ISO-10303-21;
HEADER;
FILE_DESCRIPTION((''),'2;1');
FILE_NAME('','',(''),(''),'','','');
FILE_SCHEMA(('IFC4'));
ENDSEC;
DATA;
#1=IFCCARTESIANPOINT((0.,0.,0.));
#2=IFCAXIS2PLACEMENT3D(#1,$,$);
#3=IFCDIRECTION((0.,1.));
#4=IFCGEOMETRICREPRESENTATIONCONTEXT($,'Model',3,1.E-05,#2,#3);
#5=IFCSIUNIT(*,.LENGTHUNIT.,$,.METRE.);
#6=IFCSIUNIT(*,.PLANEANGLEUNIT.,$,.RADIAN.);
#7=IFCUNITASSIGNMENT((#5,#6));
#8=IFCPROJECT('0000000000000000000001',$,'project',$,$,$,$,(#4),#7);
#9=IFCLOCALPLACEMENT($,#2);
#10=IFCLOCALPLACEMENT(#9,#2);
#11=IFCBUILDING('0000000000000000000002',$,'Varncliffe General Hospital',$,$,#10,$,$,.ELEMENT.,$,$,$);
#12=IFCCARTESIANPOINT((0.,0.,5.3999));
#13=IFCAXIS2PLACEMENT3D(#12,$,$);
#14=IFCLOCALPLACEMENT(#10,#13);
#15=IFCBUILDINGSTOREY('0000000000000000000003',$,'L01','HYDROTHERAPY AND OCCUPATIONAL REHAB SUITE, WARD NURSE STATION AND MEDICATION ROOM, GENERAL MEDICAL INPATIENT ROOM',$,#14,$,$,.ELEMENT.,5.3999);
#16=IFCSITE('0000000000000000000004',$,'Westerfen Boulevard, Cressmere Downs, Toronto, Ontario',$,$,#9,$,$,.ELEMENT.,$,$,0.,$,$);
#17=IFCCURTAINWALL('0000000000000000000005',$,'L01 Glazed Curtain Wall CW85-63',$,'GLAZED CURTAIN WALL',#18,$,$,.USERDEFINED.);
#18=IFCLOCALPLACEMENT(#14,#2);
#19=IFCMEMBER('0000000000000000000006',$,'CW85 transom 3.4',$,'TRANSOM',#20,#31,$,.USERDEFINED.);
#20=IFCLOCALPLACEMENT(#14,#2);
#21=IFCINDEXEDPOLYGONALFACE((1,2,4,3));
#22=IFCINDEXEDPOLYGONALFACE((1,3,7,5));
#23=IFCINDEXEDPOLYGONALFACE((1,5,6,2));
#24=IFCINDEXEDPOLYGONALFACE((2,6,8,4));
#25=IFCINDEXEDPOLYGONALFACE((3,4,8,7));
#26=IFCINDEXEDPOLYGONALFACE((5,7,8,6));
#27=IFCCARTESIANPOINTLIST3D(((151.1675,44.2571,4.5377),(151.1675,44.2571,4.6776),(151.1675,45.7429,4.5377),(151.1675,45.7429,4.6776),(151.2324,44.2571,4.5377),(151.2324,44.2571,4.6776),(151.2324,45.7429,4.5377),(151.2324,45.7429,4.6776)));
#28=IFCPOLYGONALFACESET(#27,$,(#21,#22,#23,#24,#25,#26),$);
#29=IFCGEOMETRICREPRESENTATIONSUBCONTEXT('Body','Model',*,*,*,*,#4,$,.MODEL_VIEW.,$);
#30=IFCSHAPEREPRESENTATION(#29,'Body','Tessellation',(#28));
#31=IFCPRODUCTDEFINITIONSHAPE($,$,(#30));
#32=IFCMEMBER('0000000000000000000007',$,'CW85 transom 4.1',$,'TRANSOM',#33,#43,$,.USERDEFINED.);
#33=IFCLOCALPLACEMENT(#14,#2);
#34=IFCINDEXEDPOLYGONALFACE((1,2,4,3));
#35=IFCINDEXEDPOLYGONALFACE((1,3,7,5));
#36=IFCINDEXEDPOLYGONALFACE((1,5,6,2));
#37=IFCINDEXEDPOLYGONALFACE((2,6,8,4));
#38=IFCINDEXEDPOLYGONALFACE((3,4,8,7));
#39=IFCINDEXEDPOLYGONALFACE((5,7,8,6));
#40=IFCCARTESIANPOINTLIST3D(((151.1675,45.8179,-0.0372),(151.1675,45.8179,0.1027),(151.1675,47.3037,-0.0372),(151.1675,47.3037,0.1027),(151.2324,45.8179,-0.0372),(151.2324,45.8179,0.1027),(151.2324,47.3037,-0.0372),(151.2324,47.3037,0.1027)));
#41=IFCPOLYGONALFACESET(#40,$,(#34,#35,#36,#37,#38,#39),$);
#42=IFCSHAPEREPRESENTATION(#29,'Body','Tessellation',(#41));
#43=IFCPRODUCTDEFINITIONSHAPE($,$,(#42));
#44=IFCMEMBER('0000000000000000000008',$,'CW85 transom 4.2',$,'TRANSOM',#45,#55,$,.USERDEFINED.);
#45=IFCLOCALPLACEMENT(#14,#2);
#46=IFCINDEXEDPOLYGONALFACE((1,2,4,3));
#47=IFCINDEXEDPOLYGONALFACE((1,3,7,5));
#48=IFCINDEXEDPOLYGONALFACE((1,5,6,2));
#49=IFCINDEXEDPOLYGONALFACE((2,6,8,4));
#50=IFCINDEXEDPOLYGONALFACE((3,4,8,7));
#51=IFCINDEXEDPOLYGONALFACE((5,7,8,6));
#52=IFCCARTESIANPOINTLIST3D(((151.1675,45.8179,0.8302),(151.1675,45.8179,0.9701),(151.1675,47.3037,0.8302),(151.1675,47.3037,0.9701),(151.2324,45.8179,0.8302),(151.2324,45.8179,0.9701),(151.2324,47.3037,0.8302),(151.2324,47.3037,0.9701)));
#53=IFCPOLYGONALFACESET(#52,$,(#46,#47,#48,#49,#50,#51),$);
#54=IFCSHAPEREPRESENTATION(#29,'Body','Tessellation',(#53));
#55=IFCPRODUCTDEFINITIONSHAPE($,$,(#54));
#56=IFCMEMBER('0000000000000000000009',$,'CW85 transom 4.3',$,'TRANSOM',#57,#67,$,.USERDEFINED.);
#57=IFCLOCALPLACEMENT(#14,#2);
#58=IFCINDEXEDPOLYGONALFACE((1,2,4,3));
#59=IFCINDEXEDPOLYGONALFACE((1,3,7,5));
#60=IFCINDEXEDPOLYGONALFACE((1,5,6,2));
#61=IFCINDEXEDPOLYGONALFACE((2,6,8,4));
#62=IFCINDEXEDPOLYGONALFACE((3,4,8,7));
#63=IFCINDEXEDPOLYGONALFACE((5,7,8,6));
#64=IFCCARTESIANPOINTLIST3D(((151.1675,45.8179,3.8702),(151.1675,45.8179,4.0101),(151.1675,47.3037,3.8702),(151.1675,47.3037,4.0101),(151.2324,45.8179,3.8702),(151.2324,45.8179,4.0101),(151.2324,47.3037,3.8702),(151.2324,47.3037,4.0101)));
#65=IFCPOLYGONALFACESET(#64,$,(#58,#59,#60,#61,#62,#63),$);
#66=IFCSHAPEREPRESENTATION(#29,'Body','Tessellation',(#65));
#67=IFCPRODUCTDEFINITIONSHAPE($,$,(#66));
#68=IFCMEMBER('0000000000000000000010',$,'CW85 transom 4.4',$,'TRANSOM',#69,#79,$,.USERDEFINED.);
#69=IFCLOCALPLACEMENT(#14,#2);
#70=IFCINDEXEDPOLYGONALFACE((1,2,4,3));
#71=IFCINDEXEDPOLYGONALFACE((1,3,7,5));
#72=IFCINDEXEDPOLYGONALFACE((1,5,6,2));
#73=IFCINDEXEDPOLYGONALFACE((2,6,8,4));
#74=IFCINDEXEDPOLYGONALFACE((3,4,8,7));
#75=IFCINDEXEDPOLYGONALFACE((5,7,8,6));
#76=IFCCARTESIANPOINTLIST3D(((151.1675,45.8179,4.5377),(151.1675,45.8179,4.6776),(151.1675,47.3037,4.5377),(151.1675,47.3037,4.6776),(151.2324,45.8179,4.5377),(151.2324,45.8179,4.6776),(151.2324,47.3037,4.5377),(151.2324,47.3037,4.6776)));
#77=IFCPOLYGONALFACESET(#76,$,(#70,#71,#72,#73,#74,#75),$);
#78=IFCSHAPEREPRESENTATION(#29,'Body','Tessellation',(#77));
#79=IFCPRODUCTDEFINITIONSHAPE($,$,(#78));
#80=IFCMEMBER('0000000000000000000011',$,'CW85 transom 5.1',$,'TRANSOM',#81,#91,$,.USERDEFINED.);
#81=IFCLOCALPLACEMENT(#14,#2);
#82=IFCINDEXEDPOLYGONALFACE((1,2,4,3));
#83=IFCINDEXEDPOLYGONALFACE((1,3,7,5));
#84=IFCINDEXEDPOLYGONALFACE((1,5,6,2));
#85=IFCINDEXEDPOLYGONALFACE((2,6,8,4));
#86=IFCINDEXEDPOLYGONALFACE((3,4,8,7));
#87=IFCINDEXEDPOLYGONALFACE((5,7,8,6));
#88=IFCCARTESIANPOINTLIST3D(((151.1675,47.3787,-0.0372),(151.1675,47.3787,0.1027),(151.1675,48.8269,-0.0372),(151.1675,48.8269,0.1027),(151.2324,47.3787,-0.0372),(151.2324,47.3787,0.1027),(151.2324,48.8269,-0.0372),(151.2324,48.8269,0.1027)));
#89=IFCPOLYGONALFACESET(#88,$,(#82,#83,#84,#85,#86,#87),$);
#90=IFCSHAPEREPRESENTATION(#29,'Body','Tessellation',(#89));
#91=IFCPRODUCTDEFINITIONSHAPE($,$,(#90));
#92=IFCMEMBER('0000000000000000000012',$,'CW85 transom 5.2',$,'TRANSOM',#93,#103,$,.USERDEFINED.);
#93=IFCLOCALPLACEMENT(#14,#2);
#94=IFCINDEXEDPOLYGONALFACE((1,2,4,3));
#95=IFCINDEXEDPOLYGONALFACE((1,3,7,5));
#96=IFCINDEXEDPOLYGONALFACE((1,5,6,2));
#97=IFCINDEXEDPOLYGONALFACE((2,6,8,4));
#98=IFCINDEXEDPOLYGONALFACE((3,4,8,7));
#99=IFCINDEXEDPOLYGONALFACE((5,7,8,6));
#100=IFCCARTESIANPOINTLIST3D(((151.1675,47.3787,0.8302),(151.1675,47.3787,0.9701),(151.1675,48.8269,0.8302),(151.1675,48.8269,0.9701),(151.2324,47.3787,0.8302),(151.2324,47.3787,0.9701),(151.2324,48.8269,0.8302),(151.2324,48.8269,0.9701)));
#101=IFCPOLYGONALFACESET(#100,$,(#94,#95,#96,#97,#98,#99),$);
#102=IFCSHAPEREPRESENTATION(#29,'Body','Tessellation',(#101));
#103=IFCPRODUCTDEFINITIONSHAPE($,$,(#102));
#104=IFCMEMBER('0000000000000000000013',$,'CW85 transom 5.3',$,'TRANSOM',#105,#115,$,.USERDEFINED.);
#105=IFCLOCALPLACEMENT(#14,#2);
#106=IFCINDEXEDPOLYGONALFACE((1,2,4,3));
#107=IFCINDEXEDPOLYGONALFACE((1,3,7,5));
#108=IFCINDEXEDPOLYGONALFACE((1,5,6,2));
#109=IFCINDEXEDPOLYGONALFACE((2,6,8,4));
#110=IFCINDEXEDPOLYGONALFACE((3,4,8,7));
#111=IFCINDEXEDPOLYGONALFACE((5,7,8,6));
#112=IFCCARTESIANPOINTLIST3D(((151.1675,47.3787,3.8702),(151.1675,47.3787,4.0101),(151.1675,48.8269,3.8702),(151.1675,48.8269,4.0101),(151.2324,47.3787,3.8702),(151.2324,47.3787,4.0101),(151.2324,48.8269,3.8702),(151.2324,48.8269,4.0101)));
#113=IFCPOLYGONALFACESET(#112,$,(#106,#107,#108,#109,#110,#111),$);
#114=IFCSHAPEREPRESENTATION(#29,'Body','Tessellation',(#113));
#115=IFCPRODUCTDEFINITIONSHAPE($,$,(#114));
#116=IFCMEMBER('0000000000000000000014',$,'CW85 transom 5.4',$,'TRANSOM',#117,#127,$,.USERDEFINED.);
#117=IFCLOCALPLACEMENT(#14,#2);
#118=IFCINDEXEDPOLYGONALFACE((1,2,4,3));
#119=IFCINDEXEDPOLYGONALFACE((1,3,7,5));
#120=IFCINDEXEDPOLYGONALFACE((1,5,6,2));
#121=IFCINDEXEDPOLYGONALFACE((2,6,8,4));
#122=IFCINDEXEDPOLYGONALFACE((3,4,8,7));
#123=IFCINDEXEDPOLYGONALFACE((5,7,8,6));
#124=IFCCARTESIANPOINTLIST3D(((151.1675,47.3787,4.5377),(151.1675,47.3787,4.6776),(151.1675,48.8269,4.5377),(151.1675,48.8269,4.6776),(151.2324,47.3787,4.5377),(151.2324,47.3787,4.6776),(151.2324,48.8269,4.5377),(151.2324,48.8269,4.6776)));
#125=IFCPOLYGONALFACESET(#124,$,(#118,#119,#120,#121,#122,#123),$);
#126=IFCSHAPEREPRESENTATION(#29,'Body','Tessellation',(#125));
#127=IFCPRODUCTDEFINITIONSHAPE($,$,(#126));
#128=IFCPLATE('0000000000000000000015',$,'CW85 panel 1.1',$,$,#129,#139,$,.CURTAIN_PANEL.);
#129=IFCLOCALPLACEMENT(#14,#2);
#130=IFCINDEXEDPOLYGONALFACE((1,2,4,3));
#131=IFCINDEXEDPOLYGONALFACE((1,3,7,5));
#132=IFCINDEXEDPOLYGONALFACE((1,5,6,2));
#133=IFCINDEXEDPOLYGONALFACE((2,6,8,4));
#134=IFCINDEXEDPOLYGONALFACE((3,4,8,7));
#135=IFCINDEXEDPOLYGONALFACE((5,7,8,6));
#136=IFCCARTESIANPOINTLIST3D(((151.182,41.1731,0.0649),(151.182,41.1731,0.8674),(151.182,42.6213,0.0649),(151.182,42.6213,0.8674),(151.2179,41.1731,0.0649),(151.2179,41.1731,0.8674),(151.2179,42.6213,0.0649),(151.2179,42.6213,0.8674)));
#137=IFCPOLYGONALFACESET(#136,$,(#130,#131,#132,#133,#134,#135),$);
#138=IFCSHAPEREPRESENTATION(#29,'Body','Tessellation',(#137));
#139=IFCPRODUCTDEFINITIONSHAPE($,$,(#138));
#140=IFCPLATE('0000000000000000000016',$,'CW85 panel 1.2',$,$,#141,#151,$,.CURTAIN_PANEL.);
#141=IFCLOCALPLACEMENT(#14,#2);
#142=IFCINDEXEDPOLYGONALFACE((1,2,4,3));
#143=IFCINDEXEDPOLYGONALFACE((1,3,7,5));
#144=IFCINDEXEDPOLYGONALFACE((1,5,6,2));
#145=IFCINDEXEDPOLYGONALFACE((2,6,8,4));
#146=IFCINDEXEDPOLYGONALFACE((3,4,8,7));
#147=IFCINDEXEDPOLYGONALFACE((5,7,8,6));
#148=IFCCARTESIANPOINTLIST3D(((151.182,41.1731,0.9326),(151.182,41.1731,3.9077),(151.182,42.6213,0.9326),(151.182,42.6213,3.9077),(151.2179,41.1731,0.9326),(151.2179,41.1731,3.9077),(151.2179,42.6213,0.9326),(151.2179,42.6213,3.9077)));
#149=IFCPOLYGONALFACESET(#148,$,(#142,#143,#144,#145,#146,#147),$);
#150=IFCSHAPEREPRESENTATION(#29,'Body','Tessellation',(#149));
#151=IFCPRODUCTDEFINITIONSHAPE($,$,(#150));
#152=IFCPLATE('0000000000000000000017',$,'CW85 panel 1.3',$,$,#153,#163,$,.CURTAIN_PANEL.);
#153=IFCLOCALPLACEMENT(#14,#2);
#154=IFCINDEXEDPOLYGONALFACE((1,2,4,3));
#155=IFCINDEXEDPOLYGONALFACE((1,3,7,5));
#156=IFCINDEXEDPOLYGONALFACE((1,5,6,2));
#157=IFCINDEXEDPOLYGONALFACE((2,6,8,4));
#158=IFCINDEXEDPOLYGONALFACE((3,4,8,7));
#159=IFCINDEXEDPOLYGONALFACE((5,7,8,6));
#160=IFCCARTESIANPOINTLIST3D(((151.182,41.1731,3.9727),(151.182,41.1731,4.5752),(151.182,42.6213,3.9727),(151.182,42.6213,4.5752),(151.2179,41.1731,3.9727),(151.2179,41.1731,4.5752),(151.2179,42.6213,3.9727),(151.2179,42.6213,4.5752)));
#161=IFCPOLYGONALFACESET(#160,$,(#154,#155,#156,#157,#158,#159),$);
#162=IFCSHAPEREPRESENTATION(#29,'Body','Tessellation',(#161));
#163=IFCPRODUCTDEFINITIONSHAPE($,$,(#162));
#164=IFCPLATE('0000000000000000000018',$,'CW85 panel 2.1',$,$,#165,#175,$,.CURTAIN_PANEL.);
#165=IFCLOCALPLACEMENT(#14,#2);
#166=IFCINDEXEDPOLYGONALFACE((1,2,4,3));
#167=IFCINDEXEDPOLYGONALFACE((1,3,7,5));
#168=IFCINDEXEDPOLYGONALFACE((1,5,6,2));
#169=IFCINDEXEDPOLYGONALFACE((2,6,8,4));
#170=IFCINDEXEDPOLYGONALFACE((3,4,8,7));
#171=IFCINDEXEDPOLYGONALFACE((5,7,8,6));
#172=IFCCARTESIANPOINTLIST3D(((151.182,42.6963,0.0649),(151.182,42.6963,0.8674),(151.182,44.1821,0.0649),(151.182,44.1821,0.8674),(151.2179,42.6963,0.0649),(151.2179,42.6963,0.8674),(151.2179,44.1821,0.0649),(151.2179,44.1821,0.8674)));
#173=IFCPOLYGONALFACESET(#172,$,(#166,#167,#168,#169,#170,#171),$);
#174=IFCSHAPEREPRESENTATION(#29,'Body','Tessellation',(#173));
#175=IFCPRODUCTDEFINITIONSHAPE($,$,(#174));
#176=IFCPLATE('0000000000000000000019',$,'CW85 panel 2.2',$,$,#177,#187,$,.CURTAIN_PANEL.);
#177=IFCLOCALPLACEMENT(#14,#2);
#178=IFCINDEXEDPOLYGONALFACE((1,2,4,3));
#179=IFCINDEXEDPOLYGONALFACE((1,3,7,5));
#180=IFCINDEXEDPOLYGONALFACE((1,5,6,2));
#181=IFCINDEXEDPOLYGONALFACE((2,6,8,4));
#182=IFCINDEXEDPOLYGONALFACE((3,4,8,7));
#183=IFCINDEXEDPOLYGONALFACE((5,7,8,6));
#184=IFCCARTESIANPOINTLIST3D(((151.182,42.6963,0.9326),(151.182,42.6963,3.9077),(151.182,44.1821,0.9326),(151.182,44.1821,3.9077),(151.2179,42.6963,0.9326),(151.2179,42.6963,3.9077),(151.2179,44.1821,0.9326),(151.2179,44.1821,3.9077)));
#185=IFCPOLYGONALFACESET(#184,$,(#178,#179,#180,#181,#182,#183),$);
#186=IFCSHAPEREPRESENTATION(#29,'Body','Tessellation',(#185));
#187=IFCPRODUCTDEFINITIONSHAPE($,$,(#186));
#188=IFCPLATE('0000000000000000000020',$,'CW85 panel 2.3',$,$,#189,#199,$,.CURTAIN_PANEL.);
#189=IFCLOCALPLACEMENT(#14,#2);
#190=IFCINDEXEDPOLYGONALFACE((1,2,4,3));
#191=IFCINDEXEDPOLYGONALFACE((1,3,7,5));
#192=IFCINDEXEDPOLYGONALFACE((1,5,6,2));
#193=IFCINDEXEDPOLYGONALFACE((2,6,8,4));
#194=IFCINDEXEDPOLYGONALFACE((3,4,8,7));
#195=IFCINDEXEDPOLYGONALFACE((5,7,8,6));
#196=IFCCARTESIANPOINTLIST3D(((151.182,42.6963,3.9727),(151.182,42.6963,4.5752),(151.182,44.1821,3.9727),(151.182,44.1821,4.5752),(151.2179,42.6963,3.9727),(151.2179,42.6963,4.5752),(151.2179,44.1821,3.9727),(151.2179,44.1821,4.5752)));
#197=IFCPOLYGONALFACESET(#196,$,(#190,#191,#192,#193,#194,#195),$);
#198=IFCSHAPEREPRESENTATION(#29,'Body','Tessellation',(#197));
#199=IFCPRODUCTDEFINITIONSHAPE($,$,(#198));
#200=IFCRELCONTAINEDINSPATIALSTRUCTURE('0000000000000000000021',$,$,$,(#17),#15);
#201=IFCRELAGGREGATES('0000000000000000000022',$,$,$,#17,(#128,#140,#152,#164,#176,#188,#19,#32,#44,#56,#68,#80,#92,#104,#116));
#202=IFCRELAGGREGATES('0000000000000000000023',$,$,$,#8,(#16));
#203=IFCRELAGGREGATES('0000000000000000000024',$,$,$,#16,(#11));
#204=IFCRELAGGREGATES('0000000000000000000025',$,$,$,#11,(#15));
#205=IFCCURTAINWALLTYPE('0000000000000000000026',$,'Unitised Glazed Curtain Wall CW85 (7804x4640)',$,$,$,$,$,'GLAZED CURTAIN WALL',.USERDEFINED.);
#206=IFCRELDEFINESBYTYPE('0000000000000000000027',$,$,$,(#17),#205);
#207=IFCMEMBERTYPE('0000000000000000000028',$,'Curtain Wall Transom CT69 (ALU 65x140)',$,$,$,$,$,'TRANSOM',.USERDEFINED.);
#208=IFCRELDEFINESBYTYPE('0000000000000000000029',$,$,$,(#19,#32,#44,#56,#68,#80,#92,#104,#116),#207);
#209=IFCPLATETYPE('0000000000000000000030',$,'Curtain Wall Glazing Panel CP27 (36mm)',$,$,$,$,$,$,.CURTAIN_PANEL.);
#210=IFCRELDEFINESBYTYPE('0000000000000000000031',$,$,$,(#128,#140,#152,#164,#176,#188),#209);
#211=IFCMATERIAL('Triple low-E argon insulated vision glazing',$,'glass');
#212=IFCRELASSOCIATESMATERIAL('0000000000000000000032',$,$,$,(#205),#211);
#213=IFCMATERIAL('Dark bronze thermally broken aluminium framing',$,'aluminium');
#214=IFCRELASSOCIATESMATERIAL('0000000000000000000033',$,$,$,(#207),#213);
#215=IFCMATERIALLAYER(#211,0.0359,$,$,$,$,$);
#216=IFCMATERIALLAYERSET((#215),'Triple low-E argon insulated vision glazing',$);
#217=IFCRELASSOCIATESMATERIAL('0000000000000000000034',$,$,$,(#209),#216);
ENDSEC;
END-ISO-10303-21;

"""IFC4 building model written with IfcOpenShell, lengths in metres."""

from ifc_helpers import new_model, si_unit, direction, frame, origin, origin_2d, place, context, subcontext, project, spatial, rectangle, extrude, material, layer, layer_set, material_profile, profile_set, type_object, element, aggregate, save


model = new_model("IFC4")

# Units and contexts
model_context = context("Model", 3, precision=1e-05, world=origin(), true_north=direction((0.0, 1.0)))
body_context = subcontext(model_context, "Body", "Model", "MODEL_VIEW")
ifc_project = project(units=[si_unit("LENGTHUNIT", "METRE"), si_unit("PLANEANGLEUNIT", "RADIAN")], contexts=[model_context])

# Site, building, storey
site_placement = place(None, origin())
site = spatial("IfcSite", under=ifc_project, at=site_placement, Name="Westerfen Boulevard, Cressmere Downs, Toronto, Ontario", CompositionType="ELEMENT", RefElevation=0.0)
building_placement = place(site_placement, origin())
building = spatial("IfcBuilding", under=site, at=building_placement, Name="Varncliffe General Hospital", CompositionType="ELEMENT")
storey_placement = place(building_placement, frame((0.0, 0.0, 5.3999)))
storey = spatial("IfcBuildingStorey", under=building, at=storey_placement, Name="L01", Description="HYDROTHERAPY AND OCCUPATIONAL REHAB SUITE, WARD NURSE STATION AND MEDICATION ROOM, GENERAL MEDICAL INPATIENT ROOM", CompositionType="ELEMENT", Elevation=5.3999)

# Curtain wall, members, plates
ifc_material_1 = material(Name="Triple low-E argon insulated vision glazing", Category="glass")
curtain_wall_type = type_object("IfcCurtainWallType", Name="Unitised Glazed Curtain Wall CW85 (7804x4640)", ElementType="GLAZED CURTAIN WALL", PredefinedType="USERDEFINED", material=ifc_material_1)
curtain_wall_placement = place(storey_placement, origin())
curtain_wall = element("IfcCurtainWall", 1, at=curtain_wall_placement, inside=storey, type_object=curtain_wall_type, Name="L01 Glazed Curtain Wall CW85-63", ObjectType="GLAZED CURTAIN WALL", PredefinedType="USERDEFINED")
ifc_material_2 = material(Name="Dark bronze thermally broken aluminium framing", Category="aluminium")
ifc_material_profile_1 = material_profile(ifc_material_2, rectangle(XDim=0.0649, YDim=0.1399, at=origin_2d()), Name="ALU 65x140")
ifc_profile_set_1 = profile_set([ifc_material_profile_1], Name="Dark bronze thermally broken aluminium framing")
member_type_1 = type_object("IfcMemberType", Name="Curtain Wall Transom CT69 (ALU 65x140)", ElementType="TRANSOM", PredefinedType="USERDEFINED", material=ifc_profile_set_1)
member_1_placement = place(storey_placement, frame((151.2, 44.2571, 4.6077), z_axis=(0.0, 1.0, 0.0), x_axis=(-1.0, 0.0, 0.0)))
member_1 = element("IfcMember", 2, at=member_1_placement, type_object=member_type_1, Name="CW85 transom 3.4", ObjectType="TRANSOM", PredefinedType="USERDEFINED", context=body_context, shape_type="SweptSolid", body=[
    extrude(rectangle(XDim=0.0649, YDim=0.1399, at=origin_2d()), origin(), (0.0, 0.0, 1.0), 1.4858),
])
member_2_placement = place(storey_placement, frame((151.2, 45.8179, 0.0327), z_axis=(0.0, 1.0, 0.0), x_axis=(-1.0, 0.0, 0.0)))
member_2 = element("IfcMember", 3, at=member_2_placement, type_object=member_type_1, Name="CW85 transom 4.1", ObjectType="TRANSOM", PredefinedType="USERDEFINED", context=body_context, shape_type="SweptSolid", body=[
    extrude(rectangle(XDim=0.0649, YDim=0.1399, at=origin_2d()), origin(), (0.0, 0.0, 1.0), 1.4858),
])
member_3_placement = place(storey_placement, frame((151.2, 45.8179, 0.9001), z_axis=(0.0, 1.0, 0.0), x_axis=(-1.0, 0.0, 0.0)))
member_3 = element("IfcMember", 4, at=member_3_placement, type_object=member_type_1, Name="CW85 transom 4.2", ObjectType="TRANSOM", PredefinedType="USERDEFINED", context=body_context, shape_type="SweptSolid", body=[
    extrude(rectangle(XDim=0.0649, YDim=0.1399, at=origin_2d()), origin(), (0.0, 0.0, 1.0), 1.4858),
])
member_4_placement = place(storey_placement, frame((151.2, 45.8179, 3.9402), z_axis=(0.0, 1.0, 0.0), x_axis=(-1.0, 0.0, 0.0)))
member_4 = element("IfcMember", 5, at=member_4_placement, type_object=member_type_1, Name="CW85 transom 4.3", ObjectType="TRANSOM", PredefinedType="USERDEFINED", context=body_context, shape_type="SweptSolid", body=[
    extrude(rectangle(XDim=0.0649, YDim=0.1399, at=origin_2d()), origin(), (0.0, 0.0, 1.0), 1.4858),
])
member_5_placement = place(storey_placement, frame((151.2, 45.8179, 4.6077), z_axis=(0.0, 1.0, 0.0), x_axis=(-1.0, 0.0, 0.0)))
member_5 = element("IfcMember", 6, at=member_5_placement, type_object=member_type_1, Name="CW85 transom 4.4", ObjectType="TRANSOM", PredefinedType="USERDEFINED", context=body_context, shape_type="SweptSolid", body=[
    extrude(rectangle(XDim=0.0649, YDim=0.1399, at=origin_2d()), origin(), (0.0, 0.0, 1.0), 1.4858),
])
member_6_placement = place(storey_placement, frame((151.2, 47.3787, 0.0327), z_axis=(0.0, 1.0, 0.0), x_axis=(-1.0, 0.0, 0.0)))
member_6 = element("IfcMember", 7, at=member_6_placement, type_object=member_type_1, Name="CW85 transom 5.1", ObjectType="TRANSOM", PredefinedType="USERDEFINED", context=body_context, shape_type="SweptSolid", body=[
    extrude(rectangle(XDim=0.0649, YDim=0.1399, at=origin_2d()), origin(), (0.0, 0.0, 1.0), 1.4482),
])
member_7_placement = place(storey_placement, frame((151.2, 47.3787, 0.9001), z_axis=(0.0, 1.0, 0.0), x_axis=(-1.0, 0.0, 0.0)))
member_7 = element("IfcMember", 8, at=member_7_placement, type_object=member_type_1, Name="CW85 transom 5.2", ObjectType="TRANSOM", PredefinedType="USERDEFINED", context=body_context, shape_type="SweptSolid", body=[
    extrude(rectangle(XDim=0.0649, YDim=0.1399, at=origin_2d()), origin(), (0.0, 0.0, 1.0), 1.4482),
])
member_8_placement = place(storey_placement, frame((151.2, 47.3787, 3.9402), z_axis=(0.0, 1.0, 0.0), x_axis=(-1.0, 0.0, 0.0)))
member_8 = element("IfcMember", 9, at=member_8_placement, type_object=member_type_1, Name="CW85 transom 5.3", ObjectType="TRANSOM", PredefinedType="USERDEFINED", context=body_context, shape_type="SweptSolid", body=[
    extrude(rectangle(XDim=0.0649, YDim=0.1399, at=origin_2d()), origin(), (0.0, 0.0, 1.0), 1.4482),
])
member_9_placement = place(storey_placement, frame((151.2, 47.3787, 4.6077), z_axis=(0.0, 1.0, 0.0), x_axis=(-1.0, 0.0, 0.0)))
member_9 = element("IfcMember", 10, at=member_9_placement, type_object=member_type_1, Name="CW85 transom 5.4", ObjectType="TRANSOM", PredefinedType="USERDEFINED", context=body_context, shape_type="SweptSolid", body=[
    extrude(rectangle(XDim=0.0649, YDim=0.1399, at=origin_2d()), origin(), (0.0, 0.0, 1.0), 1.4482),
])
ifc_layer = layer(ifc_material_1, 0.0359)
ifc_layer_set = layer_set([ifc_layer], Name="Triple low-E argon insulated vision glazing")
plate_type = type_object("IfcPlateType", Name="Curtain Wall Glazing Panel CP27 (36mm)", PredefinedType="CURTAIN_PANEL", material=ifc_layer_set)
plate_1_placement = place(storey_placement, frame((151.2, 41.8972, 0.0649), z_axis=(0.0, 0.0, 1.0), x_axis=(0.0, 1.0, 0.0)))
plate_1 = element("IfcPlate", 11, at=plate_1_placement, type_object=plate_type, Name="CW85 panel 1.1", PredefinedType="CURTAIN_PANEL", context=body_context, shape_type="SweptSolid", body=[
    extrude(rectangle(XDim=1.4482, YDim=0.0359, at=origin_2d()), origin(), (0.0, 0.0, 1.0), 0.8025),
])
plate_2_placement = place(storey_placement, frame((151.2, 41.8972, 0.9326), z_axis=(0.0, 0.0, 1.0), x_axis=(0.0, 1.0, 0.0)))
plate_2 = element("IfcPlate", 12, at=plate_2_placement, type_object=plate_type, Name="CW85 panel 1.2", PredefinedType="CURTAIN_PANEL", context=body_context, shape_type="SweptSolid", body=[
    extrude(rectangle(XDim=1.4482, YDim=0.0359, at=origin_2d()), origin(), (0.0, 0.0, 1.0), 2.9751),
])
plate_3_placement = place(storey_placement, frame((151.2, 41.8972, 3.9727), z_axis=(0.0, 0.0, 1.0), x_axis=(0.0, 1.0, 0.0)))
plate_3 = element("IfcPlate", 13, at=plate_3_placement, type_object=plate_type, Name="CW85 panel 1.3", PredefinedType="CURTAIN_PANEL", context=body_context, shape_type="SweptSolid", body=[
    extrude(rectangle(XDim=1.4482, YDim=0.0359, at=origin_2d()), origin(), (0.0, 0.0, 1.0), 0.6025),
])
plate_4_placement = place(storey_placement, frame((151.2, 43.4392, 0.0649), z_axis=(0.0, 0.0, 1.0), x_axis=(0.0, 1.0, 0.0)))
plate_4 = element("IfcPlate", 14, at=plate_4_placement, type_object=plate_type, Name="CW85 panel 2.1", PredefinedType="CURTAIN_PANEL", context=body_context, shape_type="SweptSolid", body=[
    extrude(rectangle(XDim=1.4858, YDim=0.0359, at=origin_2d()), origin(), (0.0, 0.0, 1.0), 0.8025),
])
plate_5_placement = place(storey_placement, frame((151.2, 43.4392, 0.9326), z_axis=(0.0, 0.0, 1.0), x_axis=(0.0, 1.0, 0.0)))
plate_5 = element("IfcPlate", 15, at=plate_5_placement, type_object=plate_type, Name="CW85 panel 2.2", PredefinedType="CURTAIN_PANEL", context=body_context, shape_type="SweptSolid", body=[
    extrude(rectangle(XDim=1.4858, YDim=0.0359, at=origin_2d()), origin(), (0.0, 0.0, 1.0), 2.9751),
])
plate_6_placement = place(storey_placement, frame((151.2, 43.4392, 3.9727), z_axis=(0.0, 0.0, 1.0), x_axis=(0.0, 1.0, 0.0)))
plate_6 = element("IfcPlate", 16, at=plate_6_placement, type_object=plate_type, Name="CW85 panel 2.3", PredefinedType="CURTAIN_PANEL", context=body_context, shape_type="SweptSolid", body=[
    extrude(rectangle(XDim=1.4858, YDim=0.0359, at=origin_2d()), origin(), (0.0, 0.0, 1.0), 0.6025),
])
aggregate(curtain_wall, [plate_1, plate_2, plate_3, plate_4, plate_5, plate_6, member_1, member_2, member_3, member_4, member_5, member_6, member_7, member_8, member_9])

save(model, "model.ifc")
